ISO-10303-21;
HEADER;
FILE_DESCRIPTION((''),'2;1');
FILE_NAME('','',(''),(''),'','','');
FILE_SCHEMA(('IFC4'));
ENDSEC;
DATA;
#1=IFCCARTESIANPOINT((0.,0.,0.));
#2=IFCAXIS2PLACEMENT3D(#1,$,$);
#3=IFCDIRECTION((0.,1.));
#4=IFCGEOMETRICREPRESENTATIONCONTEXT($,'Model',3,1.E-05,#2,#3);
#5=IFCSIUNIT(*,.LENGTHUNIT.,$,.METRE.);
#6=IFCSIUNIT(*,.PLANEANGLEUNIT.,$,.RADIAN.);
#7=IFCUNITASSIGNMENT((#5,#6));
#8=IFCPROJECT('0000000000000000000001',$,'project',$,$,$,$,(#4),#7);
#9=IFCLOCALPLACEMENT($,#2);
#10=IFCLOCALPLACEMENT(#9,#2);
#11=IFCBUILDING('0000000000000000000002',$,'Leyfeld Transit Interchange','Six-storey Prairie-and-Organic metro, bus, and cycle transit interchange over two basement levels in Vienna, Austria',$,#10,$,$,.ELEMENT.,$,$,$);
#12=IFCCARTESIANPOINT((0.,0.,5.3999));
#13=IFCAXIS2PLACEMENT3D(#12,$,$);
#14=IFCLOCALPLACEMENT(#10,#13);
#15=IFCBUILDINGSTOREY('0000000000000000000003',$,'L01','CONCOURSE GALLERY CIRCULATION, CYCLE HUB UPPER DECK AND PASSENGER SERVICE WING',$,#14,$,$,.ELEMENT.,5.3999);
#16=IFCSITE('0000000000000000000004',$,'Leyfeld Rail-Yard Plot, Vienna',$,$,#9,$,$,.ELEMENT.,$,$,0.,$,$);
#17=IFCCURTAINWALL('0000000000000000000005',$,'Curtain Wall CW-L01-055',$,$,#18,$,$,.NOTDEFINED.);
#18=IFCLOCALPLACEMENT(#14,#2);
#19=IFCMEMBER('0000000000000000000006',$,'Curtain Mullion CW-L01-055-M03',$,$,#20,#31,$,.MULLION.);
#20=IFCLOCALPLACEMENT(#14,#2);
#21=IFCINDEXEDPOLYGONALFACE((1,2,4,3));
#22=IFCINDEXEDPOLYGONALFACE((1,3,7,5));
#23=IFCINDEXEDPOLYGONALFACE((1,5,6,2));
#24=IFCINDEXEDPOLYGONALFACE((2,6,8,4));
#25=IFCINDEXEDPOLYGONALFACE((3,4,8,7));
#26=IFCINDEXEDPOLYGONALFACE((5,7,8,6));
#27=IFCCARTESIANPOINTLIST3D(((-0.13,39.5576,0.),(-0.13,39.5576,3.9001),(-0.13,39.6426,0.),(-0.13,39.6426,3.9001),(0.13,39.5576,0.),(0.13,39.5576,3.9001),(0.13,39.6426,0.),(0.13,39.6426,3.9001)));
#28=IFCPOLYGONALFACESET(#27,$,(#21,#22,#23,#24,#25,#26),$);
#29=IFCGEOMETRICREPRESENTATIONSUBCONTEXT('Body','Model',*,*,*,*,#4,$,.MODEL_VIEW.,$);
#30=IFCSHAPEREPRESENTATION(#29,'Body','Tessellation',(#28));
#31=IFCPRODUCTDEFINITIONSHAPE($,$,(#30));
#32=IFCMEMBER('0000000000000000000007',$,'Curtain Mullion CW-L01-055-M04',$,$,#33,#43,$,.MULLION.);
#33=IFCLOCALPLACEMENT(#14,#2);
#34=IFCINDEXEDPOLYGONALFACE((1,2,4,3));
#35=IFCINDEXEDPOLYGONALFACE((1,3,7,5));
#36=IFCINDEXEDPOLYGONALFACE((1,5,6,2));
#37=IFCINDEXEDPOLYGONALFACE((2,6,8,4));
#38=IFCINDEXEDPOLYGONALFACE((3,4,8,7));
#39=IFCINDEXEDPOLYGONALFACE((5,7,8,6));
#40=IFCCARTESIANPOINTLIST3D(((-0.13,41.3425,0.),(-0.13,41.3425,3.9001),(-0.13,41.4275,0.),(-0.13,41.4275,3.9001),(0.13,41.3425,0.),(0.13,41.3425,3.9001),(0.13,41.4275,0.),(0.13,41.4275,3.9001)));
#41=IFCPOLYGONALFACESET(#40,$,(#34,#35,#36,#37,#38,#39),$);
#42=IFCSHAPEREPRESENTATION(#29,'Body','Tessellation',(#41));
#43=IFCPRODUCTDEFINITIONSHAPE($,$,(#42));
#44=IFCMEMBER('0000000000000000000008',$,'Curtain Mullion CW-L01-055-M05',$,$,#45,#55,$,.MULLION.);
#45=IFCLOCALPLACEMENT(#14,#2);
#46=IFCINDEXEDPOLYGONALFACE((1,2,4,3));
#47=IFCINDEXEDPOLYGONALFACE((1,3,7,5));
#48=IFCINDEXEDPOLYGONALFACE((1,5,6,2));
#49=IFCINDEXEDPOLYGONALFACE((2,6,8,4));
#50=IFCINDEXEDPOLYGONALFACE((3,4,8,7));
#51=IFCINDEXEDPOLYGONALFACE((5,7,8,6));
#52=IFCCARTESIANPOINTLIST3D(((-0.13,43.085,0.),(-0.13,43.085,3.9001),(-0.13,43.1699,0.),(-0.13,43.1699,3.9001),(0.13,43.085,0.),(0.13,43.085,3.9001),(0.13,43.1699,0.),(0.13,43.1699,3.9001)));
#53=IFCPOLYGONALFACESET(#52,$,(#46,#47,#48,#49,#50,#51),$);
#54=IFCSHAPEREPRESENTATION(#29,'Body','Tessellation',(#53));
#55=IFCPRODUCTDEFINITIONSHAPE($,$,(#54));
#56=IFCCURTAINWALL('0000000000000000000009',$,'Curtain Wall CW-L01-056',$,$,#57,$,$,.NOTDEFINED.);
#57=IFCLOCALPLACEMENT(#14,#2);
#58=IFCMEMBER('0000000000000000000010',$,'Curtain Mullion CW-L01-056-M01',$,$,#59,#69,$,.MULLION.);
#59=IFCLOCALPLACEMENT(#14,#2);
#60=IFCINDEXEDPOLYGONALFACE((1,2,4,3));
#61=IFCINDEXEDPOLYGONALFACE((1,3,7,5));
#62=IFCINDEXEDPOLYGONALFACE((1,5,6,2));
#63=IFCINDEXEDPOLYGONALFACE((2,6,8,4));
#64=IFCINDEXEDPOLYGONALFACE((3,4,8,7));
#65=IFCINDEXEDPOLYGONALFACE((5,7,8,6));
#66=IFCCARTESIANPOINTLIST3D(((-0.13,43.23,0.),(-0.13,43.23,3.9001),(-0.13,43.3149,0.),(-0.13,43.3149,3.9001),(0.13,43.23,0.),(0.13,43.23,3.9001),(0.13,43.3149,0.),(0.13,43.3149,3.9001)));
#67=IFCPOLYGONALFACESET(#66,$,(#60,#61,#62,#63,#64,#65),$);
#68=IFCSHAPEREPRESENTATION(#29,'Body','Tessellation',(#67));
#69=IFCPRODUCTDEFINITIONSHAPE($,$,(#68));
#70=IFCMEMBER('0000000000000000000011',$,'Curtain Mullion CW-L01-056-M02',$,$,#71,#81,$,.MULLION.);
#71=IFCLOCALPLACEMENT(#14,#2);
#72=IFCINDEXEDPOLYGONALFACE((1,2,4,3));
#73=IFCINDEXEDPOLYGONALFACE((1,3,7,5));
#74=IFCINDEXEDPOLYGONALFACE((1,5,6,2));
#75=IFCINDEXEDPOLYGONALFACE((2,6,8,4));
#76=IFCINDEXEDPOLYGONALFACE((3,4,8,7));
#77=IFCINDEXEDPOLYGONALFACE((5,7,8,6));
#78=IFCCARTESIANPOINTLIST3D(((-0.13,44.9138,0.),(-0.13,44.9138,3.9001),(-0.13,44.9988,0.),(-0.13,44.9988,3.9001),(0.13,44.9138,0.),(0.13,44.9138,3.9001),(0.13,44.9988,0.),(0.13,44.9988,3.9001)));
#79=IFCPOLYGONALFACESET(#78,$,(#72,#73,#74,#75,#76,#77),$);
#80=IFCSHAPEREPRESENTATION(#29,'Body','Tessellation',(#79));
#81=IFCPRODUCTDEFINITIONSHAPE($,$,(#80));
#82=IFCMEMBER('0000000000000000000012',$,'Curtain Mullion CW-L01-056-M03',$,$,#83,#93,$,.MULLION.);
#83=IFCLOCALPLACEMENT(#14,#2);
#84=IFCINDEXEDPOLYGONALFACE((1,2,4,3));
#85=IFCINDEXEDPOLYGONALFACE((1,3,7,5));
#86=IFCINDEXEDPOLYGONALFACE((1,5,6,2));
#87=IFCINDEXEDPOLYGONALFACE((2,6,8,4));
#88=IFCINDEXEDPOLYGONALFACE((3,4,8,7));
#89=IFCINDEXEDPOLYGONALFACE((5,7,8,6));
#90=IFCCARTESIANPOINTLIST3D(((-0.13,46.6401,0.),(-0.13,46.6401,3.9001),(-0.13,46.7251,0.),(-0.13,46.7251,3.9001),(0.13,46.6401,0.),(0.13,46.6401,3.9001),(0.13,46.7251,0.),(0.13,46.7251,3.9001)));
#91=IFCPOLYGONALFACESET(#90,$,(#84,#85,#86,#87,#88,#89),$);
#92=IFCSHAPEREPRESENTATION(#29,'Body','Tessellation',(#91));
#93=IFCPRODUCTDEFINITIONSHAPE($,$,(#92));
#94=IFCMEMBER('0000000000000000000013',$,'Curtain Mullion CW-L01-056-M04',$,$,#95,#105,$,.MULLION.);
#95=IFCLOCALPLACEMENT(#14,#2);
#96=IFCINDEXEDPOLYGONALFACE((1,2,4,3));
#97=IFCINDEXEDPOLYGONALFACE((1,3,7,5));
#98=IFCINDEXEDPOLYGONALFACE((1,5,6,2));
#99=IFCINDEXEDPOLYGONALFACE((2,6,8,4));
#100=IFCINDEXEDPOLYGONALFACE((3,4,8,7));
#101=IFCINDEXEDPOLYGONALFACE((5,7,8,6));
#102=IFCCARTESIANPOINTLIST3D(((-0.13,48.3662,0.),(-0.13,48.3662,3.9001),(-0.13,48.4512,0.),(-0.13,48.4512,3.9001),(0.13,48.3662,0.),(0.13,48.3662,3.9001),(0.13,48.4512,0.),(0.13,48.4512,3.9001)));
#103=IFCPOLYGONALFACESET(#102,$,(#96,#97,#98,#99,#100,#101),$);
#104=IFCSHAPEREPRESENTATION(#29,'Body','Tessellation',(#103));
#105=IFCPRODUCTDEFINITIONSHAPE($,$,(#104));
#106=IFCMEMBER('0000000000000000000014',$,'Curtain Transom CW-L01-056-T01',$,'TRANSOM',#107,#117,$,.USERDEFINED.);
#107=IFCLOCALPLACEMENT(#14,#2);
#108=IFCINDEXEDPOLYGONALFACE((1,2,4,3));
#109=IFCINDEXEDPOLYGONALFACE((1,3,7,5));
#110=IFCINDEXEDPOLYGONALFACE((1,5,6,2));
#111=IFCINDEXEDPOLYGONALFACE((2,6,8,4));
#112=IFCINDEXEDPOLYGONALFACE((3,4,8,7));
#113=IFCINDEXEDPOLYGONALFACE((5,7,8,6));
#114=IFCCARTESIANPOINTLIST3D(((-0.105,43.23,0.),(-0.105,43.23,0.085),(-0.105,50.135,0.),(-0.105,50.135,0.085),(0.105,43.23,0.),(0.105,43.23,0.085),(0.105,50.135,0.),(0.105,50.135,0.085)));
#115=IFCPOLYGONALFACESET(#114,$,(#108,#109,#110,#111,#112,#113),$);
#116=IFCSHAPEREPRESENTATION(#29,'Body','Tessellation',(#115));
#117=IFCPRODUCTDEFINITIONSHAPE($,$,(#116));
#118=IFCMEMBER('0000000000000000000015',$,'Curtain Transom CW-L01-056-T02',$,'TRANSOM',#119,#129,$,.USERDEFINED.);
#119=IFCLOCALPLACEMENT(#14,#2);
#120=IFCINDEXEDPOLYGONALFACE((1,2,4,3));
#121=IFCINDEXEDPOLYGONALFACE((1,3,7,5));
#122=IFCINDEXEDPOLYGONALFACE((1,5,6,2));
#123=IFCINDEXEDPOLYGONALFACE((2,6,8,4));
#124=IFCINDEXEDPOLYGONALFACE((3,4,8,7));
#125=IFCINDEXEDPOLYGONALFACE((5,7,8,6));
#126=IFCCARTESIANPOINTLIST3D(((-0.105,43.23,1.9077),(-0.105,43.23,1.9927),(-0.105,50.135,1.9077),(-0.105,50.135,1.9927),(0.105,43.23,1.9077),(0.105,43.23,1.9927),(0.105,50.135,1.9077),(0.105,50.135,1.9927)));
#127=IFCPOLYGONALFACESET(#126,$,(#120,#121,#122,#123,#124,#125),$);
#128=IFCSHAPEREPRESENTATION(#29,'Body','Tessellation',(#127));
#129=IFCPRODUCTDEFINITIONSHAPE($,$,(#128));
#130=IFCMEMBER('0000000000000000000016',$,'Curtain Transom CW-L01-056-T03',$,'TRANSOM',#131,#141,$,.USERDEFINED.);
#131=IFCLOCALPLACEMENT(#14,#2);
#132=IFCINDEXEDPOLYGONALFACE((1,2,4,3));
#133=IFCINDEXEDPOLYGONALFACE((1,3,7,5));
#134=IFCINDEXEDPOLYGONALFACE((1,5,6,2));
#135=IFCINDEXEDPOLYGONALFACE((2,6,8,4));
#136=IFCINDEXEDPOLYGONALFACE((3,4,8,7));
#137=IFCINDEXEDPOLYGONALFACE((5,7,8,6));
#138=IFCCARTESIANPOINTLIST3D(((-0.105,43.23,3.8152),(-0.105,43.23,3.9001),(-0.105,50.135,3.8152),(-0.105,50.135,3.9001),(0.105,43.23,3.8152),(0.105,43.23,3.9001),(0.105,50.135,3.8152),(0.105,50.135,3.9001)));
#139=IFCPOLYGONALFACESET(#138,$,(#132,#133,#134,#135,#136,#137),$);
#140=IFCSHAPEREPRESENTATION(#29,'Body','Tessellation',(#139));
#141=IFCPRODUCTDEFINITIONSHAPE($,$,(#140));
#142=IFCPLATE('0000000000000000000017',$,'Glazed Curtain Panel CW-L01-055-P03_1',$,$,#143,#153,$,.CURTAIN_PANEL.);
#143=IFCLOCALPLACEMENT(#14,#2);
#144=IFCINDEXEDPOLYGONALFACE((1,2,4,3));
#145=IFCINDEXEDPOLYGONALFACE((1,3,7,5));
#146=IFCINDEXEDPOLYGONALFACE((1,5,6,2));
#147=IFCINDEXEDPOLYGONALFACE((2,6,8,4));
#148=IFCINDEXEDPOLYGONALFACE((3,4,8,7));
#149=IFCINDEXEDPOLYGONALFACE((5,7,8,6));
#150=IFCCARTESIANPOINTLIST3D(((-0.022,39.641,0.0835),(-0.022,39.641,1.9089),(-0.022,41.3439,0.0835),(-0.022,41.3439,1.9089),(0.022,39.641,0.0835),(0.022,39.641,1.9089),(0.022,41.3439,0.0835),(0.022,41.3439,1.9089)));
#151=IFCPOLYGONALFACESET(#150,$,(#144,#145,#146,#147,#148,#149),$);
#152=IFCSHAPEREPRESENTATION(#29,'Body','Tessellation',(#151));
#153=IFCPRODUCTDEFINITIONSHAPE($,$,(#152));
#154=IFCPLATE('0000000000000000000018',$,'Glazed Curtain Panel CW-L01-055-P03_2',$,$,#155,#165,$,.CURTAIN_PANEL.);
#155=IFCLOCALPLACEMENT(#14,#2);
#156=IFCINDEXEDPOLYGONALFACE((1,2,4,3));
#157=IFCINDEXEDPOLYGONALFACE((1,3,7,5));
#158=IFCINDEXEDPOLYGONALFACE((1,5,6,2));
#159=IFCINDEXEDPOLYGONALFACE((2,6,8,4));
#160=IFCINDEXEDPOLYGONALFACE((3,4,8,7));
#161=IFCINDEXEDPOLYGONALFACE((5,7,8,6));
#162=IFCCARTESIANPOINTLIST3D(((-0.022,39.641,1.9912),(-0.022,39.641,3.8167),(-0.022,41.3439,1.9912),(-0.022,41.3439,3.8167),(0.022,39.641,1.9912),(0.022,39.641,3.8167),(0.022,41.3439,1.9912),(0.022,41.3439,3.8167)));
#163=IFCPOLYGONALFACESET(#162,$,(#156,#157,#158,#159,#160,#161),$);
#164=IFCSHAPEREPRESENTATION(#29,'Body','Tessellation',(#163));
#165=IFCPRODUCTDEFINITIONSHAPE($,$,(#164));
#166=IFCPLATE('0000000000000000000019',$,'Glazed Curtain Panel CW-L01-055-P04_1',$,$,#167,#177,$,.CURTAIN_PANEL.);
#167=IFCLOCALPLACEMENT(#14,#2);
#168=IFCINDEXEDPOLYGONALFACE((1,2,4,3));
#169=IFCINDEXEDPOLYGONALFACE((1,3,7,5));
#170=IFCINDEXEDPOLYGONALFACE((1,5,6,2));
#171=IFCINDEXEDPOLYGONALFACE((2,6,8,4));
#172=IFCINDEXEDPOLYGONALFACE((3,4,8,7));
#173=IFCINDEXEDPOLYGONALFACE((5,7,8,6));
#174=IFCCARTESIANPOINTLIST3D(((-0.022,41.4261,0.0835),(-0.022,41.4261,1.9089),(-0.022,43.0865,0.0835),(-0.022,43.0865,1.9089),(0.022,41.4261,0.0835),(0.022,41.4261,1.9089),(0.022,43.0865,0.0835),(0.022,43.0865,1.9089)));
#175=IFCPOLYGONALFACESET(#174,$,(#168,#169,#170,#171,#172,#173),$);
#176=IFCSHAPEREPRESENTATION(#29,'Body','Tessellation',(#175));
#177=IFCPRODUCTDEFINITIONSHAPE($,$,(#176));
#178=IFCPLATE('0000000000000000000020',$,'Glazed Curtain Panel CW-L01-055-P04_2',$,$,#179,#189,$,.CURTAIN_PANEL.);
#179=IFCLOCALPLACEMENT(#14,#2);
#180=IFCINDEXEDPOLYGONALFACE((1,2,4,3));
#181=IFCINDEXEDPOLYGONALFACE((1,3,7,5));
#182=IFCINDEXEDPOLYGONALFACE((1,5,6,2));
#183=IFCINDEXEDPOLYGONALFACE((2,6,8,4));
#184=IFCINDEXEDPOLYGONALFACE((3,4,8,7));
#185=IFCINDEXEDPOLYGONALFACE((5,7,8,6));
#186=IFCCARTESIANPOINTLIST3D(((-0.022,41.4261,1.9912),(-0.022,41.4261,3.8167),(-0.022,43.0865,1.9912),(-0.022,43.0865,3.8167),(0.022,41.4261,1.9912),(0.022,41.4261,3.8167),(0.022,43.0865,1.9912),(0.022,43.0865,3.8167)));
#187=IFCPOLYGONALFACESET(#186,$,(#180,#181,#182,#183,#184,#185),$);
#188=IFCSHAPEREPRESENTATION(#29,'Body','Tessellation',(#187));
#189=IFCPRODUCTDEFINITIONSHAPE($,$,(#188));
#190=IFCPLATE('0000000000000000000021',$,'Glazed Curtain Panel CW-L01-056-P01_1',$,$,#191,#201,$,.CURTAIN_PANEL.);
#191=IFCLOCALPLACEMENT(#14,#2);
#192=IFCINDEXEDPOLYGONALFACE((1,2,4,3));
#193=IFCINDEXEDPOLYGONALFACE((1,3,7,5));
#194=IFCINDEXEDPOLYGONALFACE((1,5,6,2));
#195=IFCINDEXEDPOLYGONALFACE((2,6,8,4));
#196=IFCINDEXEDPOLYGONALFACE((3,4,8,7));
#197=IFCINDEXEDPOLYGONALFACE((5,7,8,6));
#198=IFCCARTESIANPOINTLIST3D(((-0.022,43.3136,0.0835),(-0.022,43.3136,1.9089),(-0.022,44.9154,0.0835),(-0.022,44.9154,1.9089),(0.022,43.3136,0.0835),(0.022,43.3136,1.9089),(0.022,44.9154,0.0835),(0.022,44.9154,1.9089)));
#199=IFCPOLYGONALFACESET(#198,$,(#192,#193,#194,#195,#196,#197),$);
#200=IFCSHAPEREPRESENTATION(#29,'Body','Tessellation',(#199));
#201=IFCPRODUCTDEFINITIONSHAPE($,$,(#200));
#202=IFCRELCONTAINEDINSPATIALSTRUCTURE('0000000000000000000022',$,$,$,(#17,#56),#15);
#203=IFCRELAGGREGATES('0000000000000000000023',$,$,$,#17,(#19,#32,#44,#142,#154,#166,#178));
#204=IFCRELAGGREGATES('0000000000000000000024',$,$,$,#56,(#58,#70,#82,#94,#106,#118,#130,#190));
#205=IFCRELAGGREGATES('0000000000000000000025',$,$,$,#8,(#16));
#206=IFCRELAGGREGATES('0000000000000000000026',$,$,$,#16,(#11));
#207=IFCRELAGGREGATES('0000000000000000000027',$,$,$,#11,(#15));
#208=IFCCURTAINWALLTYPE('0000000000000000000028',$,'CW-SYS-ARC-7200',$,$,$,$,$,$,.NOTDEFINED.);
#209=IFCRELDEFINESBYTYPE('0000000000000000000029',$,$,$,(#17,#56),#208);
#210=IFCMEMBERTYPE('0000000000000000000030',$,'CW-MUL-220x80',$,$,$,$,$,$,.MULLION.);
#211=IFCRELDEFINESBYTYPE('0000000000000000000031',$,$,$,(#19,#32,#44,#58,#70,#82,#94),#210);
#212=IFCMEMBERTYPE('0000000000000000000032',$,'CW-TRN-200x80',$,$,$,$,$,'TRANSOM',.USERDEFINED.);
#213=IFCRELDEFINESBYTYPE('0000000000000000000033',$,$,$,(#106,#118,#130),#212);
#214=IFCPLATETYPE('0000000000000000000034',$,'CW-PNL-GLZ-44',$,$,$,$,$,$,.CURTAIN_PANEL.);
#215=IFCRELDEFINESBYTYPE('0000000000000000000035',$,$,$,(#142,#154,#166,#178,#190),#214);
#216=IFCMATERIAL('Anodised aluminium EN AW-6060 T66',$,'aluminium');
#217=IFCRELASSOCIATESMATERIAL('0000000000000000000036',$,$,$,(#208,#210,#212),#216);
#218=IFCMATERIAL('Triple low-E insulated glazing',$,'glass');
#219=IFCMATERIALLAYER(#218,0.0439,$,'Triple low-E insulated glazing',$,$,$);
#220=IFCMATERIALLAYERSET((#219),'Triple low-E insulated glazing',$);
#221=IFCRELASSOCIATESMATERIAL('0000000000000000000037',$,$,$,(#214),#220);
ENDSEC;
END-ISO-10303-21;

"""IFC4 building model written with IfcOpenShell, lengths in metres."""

from ifc_helpers import new_model, si_unit, direction, frame, origin, origin_2d, place, context, subcontext, project, spatial, rectangle, extrude, material, layer, layer_set, material_profile, profile_set, type_object, element, aggregate, save


model = new_model("IFC4")

# Units and contexts
model_context = context("Model", 3, precision=1e-05, world=origin(), true_north=direction((0.0, 1.0)))
body_context = subcontext(model_context, "Body", "Model", "MODEL_VIEW")
ifc_project = project(units=[si_unit("LENGTHUNIT", "METRE"), si_unit("PLANEANGLEUNIT", "RADIAN")], contexts=[model_context])

# Site, building, storey
site_placement = place(None, origin())
site = spatial("IfcSite", under=ifc_project, at=site_placement, Name="Leyfeld Rail-Yard Plot, Vienna", CompositionType="ELEMENT", RefElevation=0.0)
building_placement = place(site_placement, origin())
building = spatial("IfcBuilding", under=site, at=building_placement, Name="Leyfeld Transit Interchange", Description="Six-storey Prairie-and-Organic metro, bus, and cycle transit interchange over two basement levels in Vienna, Austria", CompositionType="ELEMENT")
storey_placement = place(building_placement, frame((0.0, 0.0, 5.3999)))
storey = spatial("IfcBuildingStorey", under=building, at=storey_placement, Name="L01", Description="CONCOURSE GALLERY CIRCULATION, CYCLE HUB UPPER DECK AND PASSENGER SERVICE WING", CompositionType="ELEMENT", Elevation=5.3999)

# Curtain walls, members
ifc_material_1 = material(Name="Anodised aluminium EN AW-6060 T66", Category="aluminium")
curtain_wall_type = type_object("IfcCurtainWallType", Name="CW-SYS-ARC-7200", PredefinedType="NOTDEFINED", material=ifc_material_1)
curtain_wall_1_placement = place(storey_placement, origin())
curtain_wall_1 = element("IfcCurtainWall", 1, at=curtain_wall_1_placement, inside=storey, type_object=curtain_wall_type, Name="Curtain Wall CW-L01-055", PredefinedType="NOTDEFINED")
ifc_material_profile_1 = material_profile(ifc_material_1, rectangle(XDim=0.085, YDim=0.26, at=origin_2d()), Name="CW-M 85x260")
ifc_profile_set_1 = profile_set([ifc_material_profile_1], Name="Anodised aluminium EN AW-6060 T66")
member_type_1 = type_object("IfcMemberType", Name="CW-MUL-220x80", PredefinedType="MULLION", material=ifc_profile_set_1)
member_1_placement = place(storey_placement, frame((0.0, 39.6001, 0.0), z_axis=(0.0, 0.0, 1.0), x_axis=(0.0, 1.0, 0.0)))
member_1 = element("IfcMember", 2, at=member_1_placement, type_object=member_type_1, Name="Curtain Mullion CW-L01-055-M03", PredefinedType="MULLION", context=body_context, shape_type="SweptSolid", body=[
    extrude(rectangle(XDim=0.085, YDim=0.26, at=origin_2d()), origin(), (0.0, 0.0, 1.0), 3.9001),
])
member_2_placement = place(storey_placement, frame((0.0, 41.385, 0.0), z_axis=(0.0, 0.0, 1.0), x_axis=(0.0, 1.0, 0.0)))
member_2 = element("IfcMember", 3, at=member_2_placement, type_object=member_type_1, Name="Curtain Mullion CW-L01-055-M04", PredefinedType="MULLION", context=body_context, shape_type="SweptSolid", body=[
    extrude(rectangle(XDim=0.085, YDim=0.26, at=origin_2d()), origin(), (0.0, 0.0, 1.0), 3.9001),
])
member_3_placement = place(storey_placement, frame((0.0, 43.1274, 0.0), z_axis=(0.0, 0.0, 1.0), x_axis=(0.0, 1.0, 0.0)))
member_3 = element("IfcMember", 4, at=member_3_placement, type_object=member_type_1, Name="Curtain Mullion CW-L01-055-M05", PredefinedType="MULLION", context=body_context, shape_type="SweptSolid", body=[
    extrude(rectangle(XDim=0.085, YDim=0.26, at=origin_2d()), origin(), (0.0, 0.0, 1.0), 3.9001),
])
curtain_wall_2_placement = place(storey_placement, origin())
curtain_wall_2 = element("IfcCurtainWall", 5, at=curtain_wall_2_placement, inside=storey, type_object=curtain_wall_type, Name="Curtain Wall CW-L01-056", PredefinedType="NOTDEFINED")
member_4_placement = place(storey_placement, frame((0.0, 43.2725, 0.0), z_axis=(0.0, 0.0, 1.0), x_axis=(0.0, 1.0, 0.0)))
member_4 = element("IfcMember", 6, at=member_4_placement, type_object=member_type_1, Name="Curtain Mullion CW-L01-056-M01", PredefinedType="MULLION", context=body_context, shape_type="SweptSolid", body=[
    extrude(rectangle(XDim=0.085, YDim=0.26, at=origin_2d()), origin(), (0.0, 0.0, 1.0), 3.9001),
])
member_5_placement = place(storey_placement, frame((0.0, 44.9563, 0.0), z_axis=(0.0, 0.0, 1.0), x_axis=(0.0, 1.0, 0.0)))
member_5 = element("IfcMember", 7, at=member_5_placement, type_object=member_type_1, Name="Curtain Mullion CW-L01-056-M02", PredefinedType="MULLION", context=body_context, shape_type="SweptSolid", body=[
    extrude(rectangle(XDim=0.085, YDim=0.26, at=origin_2d()), origin(), (0.0, 0.0, 1.0), 3.9001),
])
member_6_placement = place(storey_placement, frame((0.0, 46.6826, 0.0), z_axis=(0.0, 0.0, 1.0), x_axis=(0.0, 1.0, 0.0)))
member_6 = element("IfcMember", 8, at=member_6_placement, type_object=member_type_1, Name="Curtain Mullion CW-L01-056-M03", PredefinedType="MULLION", context=body_context, shape_type="SweptSolid", body=[
    extrude(rectangle(XDim=0.085, YDim=0.26, at=origin_2d()), origin(), (0.0, 0.0, 1.0), 3.9001),
])
member_7_placement = place(storey_placement, frame((0.0, 48.4087, 0.0), z_axis=(0.0, 0.0, 1.0), x_axis=(0.0, 1.0, 0.0)))
member_7 = element("IfcMember", 9, at=member_7_placement, type_object=member_type_1, Name="Curtain Mullion CW-L01-056-M04", PredefinedType="MULLION", context=body_context, shape_type="SweptSolid", body=[
    extrude(rectangle(XDim=0.085, YDim=0.26, at=origin_2d()), origin(), (0.0, 0.0, 1.0), 3.9001),
])
ifc_material_profile_2 = material_profile(ifc_material_1, rectangle(XDim=0.21, YDim=0.085, at=origin_2d()), Name="CW-TRN-200x80")
ifc_profile_set_2 = profile_set([ifc_material_profile_2], Name="Anodised aluminium EN AW-6060 T66")
member_type_2 = type_object("IfcMemberType", Name="CW-TRN-200x80", ElementType="TRANSOM", PredefinedType="USERDEFINED", material=ifc_profile_set_2)
member_8_placement = place(storey_placement, frame((0.0, 43.23, 0.0425), z_axis=(0.0, 1.0, 0.0), x_axis=(-1.0, 0.0, 0.0)))
member_8 = element("IfcMember", 10, at=member_8_placement, type_object=member_type_2, Name="Curtain Transom CW-L01-056-T01", ObjectType="TRANSOM", PredefinedType="USERDEFINED", context=body_context, shape_type="SweptSolid", body=[
    extrude(rectangle(XDim=0.21, YDim=0.085, at=origin_2d()), origin(), (0.0, 0.0, 1.0), 6.905),
])
member_9_placement = place(storey_placement, frame((0.0, 43.23, 1.9502), z_axis=(0.0, 1.0, 0.0), x_axis=(-1.0, 0.0, 0.0)))
member_9 = element("IfcMember", 11, at=member_9_placement, type_object=member_type_2, Name="Curtain Transom CW-L01-056-T02", ObjectType="TRANSOM", PredefinedType="USERDEFINED", context=body_context, shape_type="SweptSolid", body=[
    extrude(rectangle(XDim=0.21, YDim=0.085, at=origin_2d()), origin(), (0.0, 0.0, 1.0), 6.905),
])
member_10_placement = place(storey_placement, frame((0.0, 43.23, 3.8577), z_axis=(0.0, 1.0, 0.0), x_axis=(-1.0, 0.0, 0.0)))
member_10 = element("IfcMember", 12, at=member_10_placement, type_object=member_type_2, Name="Curtain Transom CW-L01-056-T03", ObjectType="TRANSOM", PredefinedType="USERDEFINED", context=body_context, shape_type="SweptSolid", body=[
    extrude(rectangle(XDim=0.21, YDim=0.085, at=origin_2d()), origin(), (0.0, 0.0, 1.0), 6.905),
])

# Plates
ifc_material_2 = material(Name="Triple low-E insulated glazing", Category="glass")
ifc_layer = layer(ifc_material_2, 0.0439, Name="Triple low-E insulated glazing")
ifc_layer_set = layer_set([ifc_layer], Name="Triple low-E insulated glazing")
plate_type = type_object("IfcPlateType", Name="CW-PNL-GLZ-44", PredefinedType="CURTAIN_PANEL", material=ifc_layer_set)
plate_1_placement = place(storey_placement, frame((0.0, 40.4924, 0.0835), z_axis=(0.0, 0.0, 1.0), x_axis=(0.0, 1.0, 0.0)))
plate_1 = element("IfcPlate", 13, at=plate_1_placement, type_object=plate_type, Name="Glazed Curtain Panel CW-L01-055-P03_1", PredefinedType="CURTAIN_PANEL", context=body_context, shape_type="SweptSolid", body=[
    extrude(rectangle(XDim=1.7029, YDim=0.0439, at=origin_2d()), origin(), (0.0, 0.0, 1.0), 1.8254),
])
plate_2_placement = place(storey_placement, frame((0.0, 40.4924, 1.9912), z_axis=(0.0, 0.0, 1.0), x_axis=(0.0, 1.0, 0.0)))
plate_2 = element("IfcPlate", 14, at=plate_2_placement, type_object=plate_type, Name="Glazed Curtain Panel CW-L01-055-P03_2", PredefinedType="CURTAIN_PANEL", context=body_context, shape_type="SweptSolid", body=[
    extrude(rectangle(XDim=1.7029, YDim=0.0439, at=origin_2d()), origin(), (0.0, 0.0, 1.0), 1.8254),
])
plate_3_placement = place(storey_placement, frame((0.0, 42.2563, 0.0835), z_axis=(0.0, 0.0, 1.0), x_axis=(0.0, 1.0, 0.0)))
plate_3 = element("IfcPlate", 15, at=plate_3_placement, type_object=plate_type, Name="Glazed Curtain Panel CW-L01-055-P04_1", PredefinedType="CURTAIN_PANEL", context=body_context, shape_type="SweptSolid", body=[
    extrude(rectangle(XDim=1.6604, YDim=0.0439, at=origin_2d()), origin(), (0.0, 0.0, 1.0), 1.8254),
])
plate_4_placement = place(storey_placement, frame((0.0, 42.2563, 1.9912), z_axis=(0.0, 0.0, 1.0), x_axis=(0.0, 1.0, 0.0)))
plate_4 = element("IfcPlate", 16, at=plate_4_placement, type_object=plate_type, Name="Glazed Curtain Panel CW-L01-055-P04_2", PredefinedType="CURTAIN_PANEL", context=body_context, shape_type="SweptSolid", body=[
    extrude(rectangle(XDim=1.6604, YDim=0.0439, at=origin_2d()), origin(), (0.0, 0.0, 1.0), 1.8254),
])
aggregate(curtain_wall_1, [member_1, member_2, member_3, plate_1, plate_2, plate_3, plate_4])
plate_5_placement = place(storey_placement, frame((0.0, 44.1145, 0.0835), z_axis=(0.0, 0.0, 1.0), x_axis=(0.0, 1.0, 0.0)))
plate_5 = element("IfcPlate", 17, at=plate_5_placement, type_object=plate_type, Name="Glazed Curtain Panel CW-L01-056-P01_1", PredefinedType="CURTAIN_PANEL", context=body_context, shape_type="SweptSolid", body=[
    extrude(rectangle(XDim=1.6018, YDim=0.0439, at=origin_2d()), origin(), (0.0, 0.0, 1.0), 1.8254),
])
aggregate(curtain_wall_2, [member_4, member_5, member_6, member_7, member_8, member_9, member_10, plate_5])

save(model, "model.ifc")
